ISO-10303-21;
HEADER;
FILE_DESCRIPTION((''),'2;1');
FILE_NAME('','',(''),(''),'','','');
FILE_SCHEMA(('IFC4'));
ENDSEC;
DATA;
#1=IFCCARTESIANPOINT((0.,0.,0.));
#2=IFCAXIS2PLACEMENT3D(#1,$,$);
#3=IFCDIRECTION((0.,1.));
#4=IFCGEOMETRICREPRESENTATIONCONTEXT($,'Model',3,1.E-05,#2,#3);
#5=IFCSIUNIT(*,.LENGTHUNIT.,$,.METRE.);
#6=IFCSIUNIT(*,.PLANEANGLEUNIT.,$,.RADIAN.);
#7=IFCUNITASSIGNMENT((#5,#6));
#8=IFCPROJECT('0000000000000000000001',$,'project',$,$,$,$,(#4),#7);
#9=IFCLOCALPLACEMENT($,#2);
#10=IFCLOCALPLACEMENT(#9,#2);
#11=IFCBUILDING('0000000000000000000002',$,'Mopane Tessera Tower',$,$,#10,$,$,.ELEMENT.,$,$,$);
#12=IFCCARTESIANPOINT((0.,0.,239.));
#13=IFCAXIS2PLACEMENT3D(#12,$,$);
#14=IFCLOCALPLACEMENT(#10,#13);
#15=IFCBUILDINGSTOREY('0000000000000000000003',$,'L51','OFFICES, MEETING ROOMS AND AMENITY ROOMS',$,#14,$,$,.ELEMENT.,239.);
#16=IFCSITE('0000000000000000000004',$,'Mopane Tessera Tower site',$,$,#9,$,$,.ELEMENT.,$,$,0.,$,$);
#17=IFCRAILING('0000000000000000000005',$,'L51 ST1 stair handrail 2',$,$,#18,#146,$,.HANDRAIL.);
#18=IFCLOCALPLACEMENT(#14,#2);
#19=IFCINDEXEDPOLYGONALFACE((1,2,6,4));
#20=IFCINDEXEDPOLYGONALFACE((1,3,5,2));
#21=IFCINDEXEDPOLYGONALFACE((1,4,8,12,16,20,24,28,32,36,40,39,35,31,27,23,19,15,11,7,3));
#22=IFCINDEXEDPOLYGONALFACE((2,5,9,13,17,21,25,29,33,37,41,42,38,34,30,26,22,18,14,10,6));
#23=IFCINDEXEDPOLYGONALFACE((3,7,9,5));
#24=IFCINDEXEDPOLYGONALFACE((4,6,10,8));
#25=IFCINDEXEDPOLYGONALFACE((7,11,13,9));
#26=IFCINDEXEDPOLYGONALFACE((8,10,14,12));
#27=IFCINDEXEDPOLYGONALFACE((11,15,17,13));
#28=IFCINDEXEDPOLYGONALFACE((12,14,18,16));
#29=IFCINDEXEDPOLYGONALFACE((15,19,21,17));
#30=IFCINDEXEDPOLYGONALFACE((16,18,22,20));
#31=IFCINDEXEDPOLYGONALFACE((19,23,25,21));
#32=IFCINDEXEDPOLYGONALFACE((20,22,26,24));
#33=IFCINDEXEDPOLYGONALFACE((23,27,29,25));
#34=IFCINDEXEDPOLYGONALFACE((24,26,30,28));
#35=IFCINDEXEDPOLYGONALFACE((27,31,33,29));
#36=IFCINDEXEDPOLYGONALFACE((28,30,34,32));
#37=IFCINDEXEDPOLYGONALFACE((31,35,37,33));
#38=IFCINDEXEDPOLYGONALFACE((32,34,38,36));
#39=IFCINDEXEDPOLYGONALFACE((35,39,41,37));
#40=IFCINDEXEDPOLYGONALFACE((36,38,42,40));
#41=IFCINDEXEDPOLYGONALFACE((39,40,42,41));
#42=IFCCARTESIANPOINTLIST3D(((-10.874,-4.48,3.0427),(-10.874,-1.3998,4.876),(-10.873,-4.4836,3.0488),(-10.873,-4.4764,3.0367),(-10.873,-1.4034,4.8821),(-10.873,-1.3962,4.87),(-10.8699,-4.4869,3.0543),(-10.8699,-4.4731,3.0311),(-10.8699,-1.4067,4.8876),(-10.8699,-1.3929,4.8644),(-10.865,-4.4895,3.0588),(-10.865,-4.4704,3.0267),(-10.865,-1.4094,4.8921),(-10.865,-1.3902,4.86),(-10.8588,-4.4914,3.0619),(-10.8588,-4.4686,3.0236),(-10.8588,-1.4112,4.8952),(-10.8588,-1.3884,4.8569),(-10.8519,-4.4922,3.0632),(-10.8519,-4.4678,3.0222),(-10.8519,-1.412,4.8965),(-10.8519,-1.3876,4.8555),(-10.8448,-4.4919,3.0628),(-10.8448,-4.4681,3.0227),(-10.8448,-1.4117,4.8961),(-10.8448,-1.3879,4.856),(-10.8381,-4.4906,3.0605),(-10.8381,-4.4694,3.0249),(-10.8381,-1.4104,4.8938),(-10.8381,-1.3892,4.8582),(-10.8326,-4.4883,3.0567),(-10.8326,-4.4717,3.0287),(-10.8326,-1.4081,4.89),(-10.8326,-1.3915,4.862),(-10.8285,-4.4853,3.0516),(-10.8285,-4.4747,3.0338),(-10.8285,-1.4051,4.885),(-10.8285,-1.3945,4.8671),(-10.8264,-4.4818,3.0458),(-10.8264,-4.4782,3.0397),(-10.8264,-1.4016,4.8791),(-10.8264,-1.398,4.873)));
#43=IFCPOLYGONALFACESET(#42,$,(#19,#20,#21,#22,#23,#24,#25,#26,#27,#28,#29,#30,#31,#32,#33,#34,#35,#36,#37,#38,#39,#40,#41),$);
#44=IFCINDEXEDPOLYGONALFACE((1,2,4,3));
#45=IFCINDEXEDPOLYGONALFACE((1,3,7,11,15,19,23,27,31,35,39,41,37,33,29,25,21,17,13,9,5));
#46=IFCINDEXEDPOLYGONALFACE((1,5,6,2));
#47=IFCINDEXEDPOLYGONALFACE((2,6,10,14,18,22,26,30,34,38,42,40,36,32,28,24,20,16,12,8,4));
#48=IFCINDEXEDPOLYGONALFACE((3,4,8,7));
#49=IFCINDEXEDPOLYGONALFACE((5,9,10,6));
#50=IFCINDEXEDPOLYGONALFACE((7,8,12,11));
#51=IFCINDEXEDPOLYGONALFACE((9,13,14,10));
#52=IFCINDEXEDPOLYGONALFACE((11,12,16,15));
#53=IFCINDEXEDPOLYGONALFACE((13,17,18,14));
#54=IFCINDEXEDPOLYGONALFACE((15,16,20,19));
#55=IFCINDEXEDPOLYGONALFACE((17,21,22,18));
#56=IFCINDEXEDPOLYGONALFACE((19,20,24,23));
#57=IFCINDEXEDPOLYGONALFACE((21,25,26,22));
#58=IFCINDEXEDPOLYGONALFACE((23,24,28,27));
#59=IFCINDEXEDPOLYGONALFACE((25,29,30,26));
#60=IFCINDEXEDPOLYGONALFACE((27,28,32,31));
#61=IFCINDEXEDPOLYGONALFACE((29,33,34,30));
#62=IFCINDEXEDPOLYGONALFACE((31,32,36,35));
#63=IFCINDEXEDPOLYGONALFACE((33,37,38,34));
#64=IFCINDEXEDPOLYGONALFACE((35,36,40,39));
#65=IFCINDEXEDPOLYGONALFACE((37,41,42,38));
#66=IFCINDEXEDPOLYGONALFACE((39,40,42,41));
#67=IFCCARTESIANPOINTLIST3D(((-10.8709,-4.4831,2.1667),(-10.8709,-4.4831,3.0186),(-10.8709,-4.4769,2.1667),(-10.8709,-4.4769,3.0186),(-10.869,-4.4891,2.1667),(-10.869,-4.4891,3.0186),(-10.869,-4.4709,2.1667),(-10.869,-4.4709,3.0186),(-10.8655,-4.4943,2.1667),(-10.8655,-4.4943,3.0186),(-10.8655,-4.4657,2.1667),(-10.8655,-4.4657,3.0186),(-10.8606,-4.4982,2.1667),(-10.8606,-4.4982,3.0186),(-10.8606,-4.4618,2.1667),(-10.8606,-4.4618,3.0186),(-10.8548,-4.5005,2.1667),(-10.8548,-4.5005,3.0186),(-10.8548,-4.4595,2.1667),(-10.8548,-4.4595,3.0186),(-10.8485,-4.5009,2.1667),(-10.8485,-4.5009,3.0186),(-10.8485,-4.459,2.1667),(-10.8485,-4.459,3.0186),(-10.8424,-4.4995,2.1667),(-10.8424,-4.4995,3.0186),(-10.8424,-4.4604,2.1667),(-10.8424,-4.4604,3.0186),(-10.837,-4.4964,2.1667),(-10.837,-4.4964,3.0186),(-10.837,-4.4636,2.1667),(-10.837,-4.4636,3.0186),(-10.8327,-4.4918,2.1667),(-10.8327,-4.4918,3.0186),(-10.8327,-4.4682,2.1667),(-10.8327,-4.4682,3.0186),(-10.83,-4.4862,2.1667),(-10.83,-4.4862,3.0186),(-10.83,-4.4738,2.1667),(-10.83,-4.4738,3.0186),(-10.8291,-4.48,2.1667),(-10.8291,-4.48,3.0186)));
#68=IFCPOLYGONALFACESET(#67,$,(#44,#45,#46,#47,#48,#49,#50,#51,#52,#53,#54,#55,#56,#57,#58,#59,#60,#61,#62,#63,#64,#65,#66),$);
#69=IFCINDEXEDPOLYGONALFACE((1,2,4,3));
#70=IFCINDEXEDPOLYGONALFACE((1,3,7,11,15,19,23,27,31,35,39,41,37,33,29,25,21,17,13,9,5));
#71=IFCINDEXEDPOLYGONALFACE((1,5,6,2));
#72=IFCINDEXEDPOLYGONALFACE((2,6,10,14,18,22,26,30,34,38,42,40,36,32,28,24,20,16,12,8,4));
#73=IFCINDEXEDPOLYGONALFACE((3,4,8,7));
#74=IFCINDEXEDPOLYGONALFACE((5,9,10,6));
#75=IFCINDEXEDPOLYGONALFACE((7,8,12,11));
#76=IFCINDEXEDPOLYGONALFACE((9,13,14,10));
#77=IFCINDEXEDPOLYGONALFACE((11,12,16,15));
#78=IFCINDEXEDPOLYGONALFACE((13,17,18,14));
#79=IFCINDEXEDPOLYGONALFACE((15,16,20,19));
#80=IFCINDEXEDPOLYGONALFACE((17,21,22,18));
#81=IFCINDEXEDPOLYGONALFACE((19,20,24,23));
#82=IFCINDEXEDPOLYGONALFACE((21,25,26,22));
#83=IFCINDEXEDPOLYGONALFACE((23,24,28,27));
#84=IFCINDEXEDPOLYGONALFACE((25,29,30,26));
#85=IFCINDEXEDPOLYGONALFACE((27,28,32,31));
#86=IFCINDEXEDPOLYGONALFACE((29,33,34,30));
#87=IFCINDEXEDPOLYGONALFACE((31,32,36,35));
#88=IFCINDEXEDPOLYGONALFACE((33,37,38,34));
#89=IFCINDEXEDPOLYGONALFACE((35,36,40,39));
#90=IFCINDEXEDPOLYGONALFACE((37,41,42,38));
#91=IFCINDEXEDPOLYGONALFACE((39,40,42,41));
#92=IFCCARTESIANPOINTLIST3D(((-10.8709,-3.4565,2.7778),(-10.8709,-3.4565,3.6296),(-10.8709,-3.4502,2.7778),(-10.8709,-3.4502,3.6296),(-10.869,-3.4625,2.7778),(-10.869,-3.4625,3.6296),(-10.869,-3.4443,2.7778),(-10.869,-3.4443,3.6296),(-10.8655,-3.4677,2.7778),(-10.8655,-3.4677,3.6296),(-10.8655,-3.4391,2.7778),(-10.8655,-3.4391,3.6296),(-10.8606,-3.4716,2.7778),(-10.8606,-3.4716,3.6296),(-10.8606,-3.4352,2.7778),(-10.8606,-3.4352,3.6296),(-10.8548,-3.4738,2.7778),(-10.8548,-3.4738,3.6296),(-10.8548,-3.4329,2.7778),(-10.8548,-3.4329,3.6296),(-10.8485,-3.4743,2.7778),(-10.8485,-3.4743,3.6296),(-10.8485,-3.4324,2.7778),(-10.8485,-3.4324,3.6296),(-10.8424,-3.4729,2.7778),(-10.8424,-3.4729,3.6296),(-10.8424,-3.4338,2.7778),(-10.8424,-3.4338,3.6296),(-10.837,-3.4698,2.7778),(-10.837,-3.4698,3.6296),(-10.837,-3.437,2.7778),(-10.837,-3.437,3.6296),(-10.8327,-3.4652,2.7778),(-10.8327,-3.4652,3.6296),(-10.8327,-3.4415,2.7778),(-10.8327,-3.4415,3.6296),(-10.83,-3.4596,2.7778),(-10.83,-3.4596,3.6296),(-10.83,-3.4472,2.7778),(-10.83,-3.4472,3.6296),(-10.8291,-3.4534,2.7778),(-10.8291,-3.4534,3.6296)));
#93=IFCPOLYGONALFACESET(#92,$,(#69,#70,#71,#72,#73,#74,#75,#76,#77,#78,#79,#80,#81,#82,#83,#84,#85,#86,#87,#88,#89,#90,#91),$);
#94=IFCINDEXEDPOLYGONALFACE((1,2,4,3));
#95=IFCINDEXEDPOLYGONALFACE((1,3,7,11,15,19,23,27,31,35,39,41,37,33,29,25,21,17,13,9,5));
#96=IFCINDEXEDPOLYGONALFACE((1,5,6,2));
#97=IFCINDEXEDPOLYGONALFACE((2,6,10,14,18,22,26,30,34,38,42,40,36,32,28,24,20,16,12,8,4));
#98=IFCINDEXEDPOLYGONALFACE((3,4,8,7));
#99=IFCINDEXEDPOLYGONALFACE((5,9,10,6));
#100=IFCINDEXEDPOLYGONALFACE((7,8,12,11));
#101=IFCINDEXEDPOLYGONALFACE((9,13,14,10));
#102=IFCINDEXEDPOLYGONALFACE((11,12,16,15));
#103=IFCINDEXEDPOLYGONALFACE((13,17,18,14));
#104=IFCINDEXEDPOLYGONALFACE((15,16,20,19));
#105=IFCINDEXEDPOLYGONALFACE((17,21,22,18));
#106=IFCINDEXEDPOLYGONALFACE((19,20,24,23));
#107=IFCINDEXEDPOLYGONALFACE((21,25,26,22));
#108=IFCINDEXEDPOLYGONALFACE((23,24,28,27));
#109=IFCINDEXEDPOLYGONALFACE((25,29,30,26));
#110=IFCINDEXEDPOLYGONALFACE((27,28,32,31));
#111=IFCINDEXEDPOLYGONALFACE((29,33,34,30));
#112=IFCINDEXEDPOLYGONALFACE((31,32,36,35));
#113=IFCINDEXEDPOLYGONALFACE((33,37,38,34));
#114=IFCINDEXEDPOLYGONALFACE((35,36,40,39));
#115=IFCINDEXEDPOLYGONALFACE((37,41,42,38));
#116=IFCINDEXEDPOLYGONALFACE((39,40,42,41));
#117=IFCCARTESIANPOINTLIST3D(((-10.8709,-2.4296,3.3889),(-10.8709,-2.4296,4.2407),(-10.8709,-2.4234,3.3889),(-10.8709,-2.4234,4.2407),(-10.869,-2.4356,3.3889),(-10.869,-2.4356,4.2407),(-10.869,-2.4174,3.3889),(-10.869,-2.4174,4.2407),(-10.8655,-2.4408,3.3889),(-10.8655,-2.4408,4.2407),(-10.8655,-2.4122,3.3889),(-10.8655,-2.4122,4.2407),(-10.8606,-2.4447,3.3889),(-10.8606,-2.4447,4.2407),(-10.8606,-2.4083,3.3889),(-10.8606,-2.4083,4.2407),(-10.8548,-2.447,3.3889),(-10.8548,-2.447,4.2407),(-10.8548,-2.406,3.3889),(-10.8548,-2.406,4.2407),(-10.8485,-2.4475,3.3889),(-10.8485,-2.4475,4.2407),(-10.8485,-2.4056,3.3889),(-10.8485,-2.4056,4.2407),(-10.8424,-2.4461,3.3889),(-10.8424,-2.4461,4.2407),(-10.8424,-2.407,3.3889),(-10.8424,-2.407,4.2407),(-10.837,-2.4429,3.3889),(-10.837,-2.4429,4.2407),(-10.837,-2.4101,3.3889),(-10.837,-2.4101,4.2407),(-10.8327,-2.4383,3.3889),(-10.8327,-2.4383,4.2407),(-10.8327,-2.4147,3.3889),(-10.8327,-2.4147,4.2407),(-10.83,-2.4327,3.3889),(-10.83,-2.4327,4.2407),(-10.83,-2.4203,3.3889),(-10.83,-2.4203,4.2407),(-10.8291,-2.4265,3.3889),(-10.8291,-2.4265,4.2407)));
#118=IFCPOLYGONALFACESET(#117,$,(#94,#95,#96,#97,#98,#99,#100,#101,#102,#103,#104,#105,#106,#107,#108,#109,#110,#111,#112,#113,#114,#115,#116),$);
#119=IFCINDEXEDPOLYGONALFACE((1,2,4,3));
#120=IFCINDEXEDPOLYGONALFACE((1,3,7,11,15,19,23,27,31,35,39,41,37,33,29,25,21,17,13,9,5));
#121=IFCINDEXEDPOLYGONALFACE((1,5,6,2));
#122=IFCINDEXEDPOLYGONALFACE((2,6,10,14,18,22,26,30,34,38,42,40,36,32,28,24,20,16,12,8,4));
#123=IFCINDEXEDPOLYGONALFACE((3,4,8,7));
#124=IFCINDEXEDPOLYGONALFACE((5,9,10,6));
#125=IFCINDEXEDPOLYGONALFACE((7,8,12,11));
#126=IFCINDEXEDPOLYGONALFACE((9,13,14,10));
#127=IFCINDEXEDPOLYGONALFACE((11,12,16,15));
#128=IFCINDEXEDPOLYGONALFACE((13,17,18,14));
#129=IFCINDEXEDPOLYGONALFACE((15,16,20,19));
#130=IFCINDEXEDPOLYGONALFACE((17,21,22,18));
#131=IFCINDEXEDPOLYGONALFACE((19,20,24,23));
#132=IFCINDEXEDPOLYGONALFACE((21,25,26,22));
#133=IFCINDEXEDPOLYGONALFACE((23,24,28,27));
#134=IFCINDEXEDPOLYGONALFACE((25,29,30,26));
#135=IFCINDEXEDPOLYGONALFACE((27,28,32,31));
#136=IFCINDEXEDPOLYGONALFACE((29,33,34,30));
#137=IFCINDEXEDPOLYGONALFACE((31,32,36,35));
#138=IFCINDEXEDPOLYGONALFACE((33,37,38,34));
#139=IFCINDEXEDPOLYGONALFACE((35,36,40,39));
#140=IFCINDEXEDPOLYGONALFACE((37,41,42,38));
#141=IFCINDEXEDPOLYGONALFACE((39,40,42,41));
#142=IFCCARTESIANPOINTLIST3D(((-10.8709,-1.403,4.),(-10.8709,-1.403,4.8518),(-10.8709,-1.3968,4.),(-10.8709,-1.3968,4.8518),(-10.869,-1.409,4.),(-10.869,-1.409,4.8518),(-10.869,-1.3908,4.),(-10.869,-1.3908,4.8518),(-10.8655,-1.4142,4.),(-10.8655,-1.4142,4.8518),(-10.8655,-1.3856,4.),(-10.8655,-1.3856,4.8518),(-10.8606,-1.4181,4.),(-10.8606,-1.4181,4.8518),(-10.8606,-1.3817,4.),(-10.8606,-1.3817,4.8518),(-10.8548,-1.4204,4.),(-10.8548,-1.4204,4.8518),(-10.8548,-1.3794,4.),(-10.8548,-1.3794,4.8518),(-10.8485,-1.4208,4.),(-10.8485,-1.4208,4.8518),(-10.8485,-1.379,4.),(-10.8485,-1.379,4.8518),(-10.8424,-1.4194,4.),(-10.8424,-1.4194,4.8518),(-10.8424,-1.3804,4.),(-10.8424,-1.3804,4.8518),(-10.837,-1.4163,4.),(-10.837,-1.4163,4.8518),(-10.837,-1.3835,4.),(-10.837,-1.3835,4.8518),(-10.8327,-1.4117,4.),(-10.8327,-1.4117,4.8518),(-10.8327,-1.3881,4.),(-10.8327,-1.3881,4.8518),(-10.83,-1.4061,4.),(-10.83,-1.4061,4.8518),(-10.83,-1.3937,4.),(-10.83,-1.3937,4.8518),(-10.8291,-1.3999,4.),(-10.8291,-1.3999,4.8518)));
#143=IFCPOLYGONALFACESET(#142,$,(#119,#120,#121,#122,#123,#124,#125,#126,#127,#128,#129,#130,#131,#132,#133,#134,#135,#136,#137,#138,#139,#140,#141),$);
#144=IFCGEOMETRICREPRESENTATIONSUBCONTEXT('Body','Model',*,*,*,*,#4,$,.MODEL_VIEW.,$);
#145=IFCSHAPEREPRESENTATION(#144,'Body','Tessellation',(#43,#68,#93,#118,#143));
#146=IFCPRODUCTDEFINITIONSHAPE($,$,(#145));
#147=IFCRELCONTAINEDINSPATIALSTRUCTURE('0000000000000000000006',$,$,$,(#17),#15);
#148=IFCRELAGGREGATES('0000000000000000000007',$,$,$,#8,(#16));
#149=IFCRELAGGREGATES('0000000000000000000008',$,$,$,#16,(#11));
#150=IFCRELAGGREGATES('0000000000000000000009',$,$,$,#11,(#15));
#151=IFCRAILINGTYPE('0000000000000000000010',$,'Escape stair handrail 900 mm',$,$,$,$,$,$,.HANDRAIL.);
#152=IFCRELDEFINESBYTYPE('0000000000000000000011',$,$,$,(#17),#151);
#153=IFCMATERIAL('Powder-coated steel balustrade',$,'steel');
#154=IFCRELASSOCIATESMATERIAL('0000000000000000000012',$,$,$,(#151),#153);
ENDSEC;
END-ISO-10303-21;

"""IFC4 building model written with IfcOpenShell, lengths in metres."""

from ifc_helpers import new_model, si_unit, direction, frame, origin, origin_2d, place, context, subcontext, project, spatial, circle, extrude, material, type_object, element, save


model = new_model("IFC4")

# Units and contexts
model_context = context("Model", 3, precision=1e-05, world=origin(), true_north=direction((0.0, 1.0)))
body_context = subcontext(model_context, "Body", "Model", "MODEL_VIEW")
ifc_project = project(units=[si_unit("LENGTHUNIT", "METRE"), si_unit("PLANEANGLEUNIT", "RADIAN")], contexts=[model_context])

# Site, building, storey
site_placement = place(None, origin())
site = spatial("IfcSite", under=ifc_project, at=site_placement, Name="Mopane Tessera Tower site", CompositionType="ELEMENT", RefElevation=0.0)
building_placement = place(site_placement, origin())
building = spatial("IfcBuilding", under=site, at=building_placement, Name="Mopane Tessera Tower", CompositionType="ELEMENT")
storey_placement = place(building_placement, frame((0.0, 0.0, 239.0)))
storey = spatial("IfcBuildingStorey", under=building, at=storey_placement, Name="L51", Description="OFFICES, MEETING ROOMS AND AMENITY ROOMS", CompositionType="ELEMENT", Elevation=239.0)

# Railing
ifc_material_1 = material(Name="Powder-coated steel balustrade", Category="steel")
railing_type_1 = type_object("IfcRailingType", Name="Escape stair handrail 900 mm", PredefinedType="HANDRAIL", material=ifc_material_1)
railing_1_placement = place(storey_placement, frame((-10.8501, -4.48, 2.1667)))
element("IfcRailing", 1, at=railing_1_placement, inside=storey, type_object=railing_type_1, Name="L51 ST1 stair handrail 2", PredefinedType="HANDRAIL", context=body_context, shape_type="SweptSolid", body=[
    extrude(circle(Radius=0.0239, at=origin_2d()), frame((0.0, 0.0, 0.876), z_axis=(0.0, 0.859309, 0.511458), x_axis=(-1.0, 0.0, 0.0)), (0.0, 0.0, 1.0), 3.5845),
    extrude(circle(Radius=0.021, at=origin_2d()), origin(), (0.0, 0.0, 1.0), 0.8518),
    extrude(circle(Radius=0.021, at=origin_2d()), frame((0.0, 1.0266, 0.6111)), (0.0, 0.0, 1.0), 0.8518),
    extrude(circle(Radius=0.021, at=origin_2d()), frame((0.0, 2.0535, 1.2222)), (0.0, 0.0, 1.0), 0.8518),
    extrude(circle(Radius=0.021, at=origin_2d()), frame((0.0, 3.0801, 1.8333)), (0.0, 0.0, 1.0), 0.8518),
])

save(model, "model.ifc")
